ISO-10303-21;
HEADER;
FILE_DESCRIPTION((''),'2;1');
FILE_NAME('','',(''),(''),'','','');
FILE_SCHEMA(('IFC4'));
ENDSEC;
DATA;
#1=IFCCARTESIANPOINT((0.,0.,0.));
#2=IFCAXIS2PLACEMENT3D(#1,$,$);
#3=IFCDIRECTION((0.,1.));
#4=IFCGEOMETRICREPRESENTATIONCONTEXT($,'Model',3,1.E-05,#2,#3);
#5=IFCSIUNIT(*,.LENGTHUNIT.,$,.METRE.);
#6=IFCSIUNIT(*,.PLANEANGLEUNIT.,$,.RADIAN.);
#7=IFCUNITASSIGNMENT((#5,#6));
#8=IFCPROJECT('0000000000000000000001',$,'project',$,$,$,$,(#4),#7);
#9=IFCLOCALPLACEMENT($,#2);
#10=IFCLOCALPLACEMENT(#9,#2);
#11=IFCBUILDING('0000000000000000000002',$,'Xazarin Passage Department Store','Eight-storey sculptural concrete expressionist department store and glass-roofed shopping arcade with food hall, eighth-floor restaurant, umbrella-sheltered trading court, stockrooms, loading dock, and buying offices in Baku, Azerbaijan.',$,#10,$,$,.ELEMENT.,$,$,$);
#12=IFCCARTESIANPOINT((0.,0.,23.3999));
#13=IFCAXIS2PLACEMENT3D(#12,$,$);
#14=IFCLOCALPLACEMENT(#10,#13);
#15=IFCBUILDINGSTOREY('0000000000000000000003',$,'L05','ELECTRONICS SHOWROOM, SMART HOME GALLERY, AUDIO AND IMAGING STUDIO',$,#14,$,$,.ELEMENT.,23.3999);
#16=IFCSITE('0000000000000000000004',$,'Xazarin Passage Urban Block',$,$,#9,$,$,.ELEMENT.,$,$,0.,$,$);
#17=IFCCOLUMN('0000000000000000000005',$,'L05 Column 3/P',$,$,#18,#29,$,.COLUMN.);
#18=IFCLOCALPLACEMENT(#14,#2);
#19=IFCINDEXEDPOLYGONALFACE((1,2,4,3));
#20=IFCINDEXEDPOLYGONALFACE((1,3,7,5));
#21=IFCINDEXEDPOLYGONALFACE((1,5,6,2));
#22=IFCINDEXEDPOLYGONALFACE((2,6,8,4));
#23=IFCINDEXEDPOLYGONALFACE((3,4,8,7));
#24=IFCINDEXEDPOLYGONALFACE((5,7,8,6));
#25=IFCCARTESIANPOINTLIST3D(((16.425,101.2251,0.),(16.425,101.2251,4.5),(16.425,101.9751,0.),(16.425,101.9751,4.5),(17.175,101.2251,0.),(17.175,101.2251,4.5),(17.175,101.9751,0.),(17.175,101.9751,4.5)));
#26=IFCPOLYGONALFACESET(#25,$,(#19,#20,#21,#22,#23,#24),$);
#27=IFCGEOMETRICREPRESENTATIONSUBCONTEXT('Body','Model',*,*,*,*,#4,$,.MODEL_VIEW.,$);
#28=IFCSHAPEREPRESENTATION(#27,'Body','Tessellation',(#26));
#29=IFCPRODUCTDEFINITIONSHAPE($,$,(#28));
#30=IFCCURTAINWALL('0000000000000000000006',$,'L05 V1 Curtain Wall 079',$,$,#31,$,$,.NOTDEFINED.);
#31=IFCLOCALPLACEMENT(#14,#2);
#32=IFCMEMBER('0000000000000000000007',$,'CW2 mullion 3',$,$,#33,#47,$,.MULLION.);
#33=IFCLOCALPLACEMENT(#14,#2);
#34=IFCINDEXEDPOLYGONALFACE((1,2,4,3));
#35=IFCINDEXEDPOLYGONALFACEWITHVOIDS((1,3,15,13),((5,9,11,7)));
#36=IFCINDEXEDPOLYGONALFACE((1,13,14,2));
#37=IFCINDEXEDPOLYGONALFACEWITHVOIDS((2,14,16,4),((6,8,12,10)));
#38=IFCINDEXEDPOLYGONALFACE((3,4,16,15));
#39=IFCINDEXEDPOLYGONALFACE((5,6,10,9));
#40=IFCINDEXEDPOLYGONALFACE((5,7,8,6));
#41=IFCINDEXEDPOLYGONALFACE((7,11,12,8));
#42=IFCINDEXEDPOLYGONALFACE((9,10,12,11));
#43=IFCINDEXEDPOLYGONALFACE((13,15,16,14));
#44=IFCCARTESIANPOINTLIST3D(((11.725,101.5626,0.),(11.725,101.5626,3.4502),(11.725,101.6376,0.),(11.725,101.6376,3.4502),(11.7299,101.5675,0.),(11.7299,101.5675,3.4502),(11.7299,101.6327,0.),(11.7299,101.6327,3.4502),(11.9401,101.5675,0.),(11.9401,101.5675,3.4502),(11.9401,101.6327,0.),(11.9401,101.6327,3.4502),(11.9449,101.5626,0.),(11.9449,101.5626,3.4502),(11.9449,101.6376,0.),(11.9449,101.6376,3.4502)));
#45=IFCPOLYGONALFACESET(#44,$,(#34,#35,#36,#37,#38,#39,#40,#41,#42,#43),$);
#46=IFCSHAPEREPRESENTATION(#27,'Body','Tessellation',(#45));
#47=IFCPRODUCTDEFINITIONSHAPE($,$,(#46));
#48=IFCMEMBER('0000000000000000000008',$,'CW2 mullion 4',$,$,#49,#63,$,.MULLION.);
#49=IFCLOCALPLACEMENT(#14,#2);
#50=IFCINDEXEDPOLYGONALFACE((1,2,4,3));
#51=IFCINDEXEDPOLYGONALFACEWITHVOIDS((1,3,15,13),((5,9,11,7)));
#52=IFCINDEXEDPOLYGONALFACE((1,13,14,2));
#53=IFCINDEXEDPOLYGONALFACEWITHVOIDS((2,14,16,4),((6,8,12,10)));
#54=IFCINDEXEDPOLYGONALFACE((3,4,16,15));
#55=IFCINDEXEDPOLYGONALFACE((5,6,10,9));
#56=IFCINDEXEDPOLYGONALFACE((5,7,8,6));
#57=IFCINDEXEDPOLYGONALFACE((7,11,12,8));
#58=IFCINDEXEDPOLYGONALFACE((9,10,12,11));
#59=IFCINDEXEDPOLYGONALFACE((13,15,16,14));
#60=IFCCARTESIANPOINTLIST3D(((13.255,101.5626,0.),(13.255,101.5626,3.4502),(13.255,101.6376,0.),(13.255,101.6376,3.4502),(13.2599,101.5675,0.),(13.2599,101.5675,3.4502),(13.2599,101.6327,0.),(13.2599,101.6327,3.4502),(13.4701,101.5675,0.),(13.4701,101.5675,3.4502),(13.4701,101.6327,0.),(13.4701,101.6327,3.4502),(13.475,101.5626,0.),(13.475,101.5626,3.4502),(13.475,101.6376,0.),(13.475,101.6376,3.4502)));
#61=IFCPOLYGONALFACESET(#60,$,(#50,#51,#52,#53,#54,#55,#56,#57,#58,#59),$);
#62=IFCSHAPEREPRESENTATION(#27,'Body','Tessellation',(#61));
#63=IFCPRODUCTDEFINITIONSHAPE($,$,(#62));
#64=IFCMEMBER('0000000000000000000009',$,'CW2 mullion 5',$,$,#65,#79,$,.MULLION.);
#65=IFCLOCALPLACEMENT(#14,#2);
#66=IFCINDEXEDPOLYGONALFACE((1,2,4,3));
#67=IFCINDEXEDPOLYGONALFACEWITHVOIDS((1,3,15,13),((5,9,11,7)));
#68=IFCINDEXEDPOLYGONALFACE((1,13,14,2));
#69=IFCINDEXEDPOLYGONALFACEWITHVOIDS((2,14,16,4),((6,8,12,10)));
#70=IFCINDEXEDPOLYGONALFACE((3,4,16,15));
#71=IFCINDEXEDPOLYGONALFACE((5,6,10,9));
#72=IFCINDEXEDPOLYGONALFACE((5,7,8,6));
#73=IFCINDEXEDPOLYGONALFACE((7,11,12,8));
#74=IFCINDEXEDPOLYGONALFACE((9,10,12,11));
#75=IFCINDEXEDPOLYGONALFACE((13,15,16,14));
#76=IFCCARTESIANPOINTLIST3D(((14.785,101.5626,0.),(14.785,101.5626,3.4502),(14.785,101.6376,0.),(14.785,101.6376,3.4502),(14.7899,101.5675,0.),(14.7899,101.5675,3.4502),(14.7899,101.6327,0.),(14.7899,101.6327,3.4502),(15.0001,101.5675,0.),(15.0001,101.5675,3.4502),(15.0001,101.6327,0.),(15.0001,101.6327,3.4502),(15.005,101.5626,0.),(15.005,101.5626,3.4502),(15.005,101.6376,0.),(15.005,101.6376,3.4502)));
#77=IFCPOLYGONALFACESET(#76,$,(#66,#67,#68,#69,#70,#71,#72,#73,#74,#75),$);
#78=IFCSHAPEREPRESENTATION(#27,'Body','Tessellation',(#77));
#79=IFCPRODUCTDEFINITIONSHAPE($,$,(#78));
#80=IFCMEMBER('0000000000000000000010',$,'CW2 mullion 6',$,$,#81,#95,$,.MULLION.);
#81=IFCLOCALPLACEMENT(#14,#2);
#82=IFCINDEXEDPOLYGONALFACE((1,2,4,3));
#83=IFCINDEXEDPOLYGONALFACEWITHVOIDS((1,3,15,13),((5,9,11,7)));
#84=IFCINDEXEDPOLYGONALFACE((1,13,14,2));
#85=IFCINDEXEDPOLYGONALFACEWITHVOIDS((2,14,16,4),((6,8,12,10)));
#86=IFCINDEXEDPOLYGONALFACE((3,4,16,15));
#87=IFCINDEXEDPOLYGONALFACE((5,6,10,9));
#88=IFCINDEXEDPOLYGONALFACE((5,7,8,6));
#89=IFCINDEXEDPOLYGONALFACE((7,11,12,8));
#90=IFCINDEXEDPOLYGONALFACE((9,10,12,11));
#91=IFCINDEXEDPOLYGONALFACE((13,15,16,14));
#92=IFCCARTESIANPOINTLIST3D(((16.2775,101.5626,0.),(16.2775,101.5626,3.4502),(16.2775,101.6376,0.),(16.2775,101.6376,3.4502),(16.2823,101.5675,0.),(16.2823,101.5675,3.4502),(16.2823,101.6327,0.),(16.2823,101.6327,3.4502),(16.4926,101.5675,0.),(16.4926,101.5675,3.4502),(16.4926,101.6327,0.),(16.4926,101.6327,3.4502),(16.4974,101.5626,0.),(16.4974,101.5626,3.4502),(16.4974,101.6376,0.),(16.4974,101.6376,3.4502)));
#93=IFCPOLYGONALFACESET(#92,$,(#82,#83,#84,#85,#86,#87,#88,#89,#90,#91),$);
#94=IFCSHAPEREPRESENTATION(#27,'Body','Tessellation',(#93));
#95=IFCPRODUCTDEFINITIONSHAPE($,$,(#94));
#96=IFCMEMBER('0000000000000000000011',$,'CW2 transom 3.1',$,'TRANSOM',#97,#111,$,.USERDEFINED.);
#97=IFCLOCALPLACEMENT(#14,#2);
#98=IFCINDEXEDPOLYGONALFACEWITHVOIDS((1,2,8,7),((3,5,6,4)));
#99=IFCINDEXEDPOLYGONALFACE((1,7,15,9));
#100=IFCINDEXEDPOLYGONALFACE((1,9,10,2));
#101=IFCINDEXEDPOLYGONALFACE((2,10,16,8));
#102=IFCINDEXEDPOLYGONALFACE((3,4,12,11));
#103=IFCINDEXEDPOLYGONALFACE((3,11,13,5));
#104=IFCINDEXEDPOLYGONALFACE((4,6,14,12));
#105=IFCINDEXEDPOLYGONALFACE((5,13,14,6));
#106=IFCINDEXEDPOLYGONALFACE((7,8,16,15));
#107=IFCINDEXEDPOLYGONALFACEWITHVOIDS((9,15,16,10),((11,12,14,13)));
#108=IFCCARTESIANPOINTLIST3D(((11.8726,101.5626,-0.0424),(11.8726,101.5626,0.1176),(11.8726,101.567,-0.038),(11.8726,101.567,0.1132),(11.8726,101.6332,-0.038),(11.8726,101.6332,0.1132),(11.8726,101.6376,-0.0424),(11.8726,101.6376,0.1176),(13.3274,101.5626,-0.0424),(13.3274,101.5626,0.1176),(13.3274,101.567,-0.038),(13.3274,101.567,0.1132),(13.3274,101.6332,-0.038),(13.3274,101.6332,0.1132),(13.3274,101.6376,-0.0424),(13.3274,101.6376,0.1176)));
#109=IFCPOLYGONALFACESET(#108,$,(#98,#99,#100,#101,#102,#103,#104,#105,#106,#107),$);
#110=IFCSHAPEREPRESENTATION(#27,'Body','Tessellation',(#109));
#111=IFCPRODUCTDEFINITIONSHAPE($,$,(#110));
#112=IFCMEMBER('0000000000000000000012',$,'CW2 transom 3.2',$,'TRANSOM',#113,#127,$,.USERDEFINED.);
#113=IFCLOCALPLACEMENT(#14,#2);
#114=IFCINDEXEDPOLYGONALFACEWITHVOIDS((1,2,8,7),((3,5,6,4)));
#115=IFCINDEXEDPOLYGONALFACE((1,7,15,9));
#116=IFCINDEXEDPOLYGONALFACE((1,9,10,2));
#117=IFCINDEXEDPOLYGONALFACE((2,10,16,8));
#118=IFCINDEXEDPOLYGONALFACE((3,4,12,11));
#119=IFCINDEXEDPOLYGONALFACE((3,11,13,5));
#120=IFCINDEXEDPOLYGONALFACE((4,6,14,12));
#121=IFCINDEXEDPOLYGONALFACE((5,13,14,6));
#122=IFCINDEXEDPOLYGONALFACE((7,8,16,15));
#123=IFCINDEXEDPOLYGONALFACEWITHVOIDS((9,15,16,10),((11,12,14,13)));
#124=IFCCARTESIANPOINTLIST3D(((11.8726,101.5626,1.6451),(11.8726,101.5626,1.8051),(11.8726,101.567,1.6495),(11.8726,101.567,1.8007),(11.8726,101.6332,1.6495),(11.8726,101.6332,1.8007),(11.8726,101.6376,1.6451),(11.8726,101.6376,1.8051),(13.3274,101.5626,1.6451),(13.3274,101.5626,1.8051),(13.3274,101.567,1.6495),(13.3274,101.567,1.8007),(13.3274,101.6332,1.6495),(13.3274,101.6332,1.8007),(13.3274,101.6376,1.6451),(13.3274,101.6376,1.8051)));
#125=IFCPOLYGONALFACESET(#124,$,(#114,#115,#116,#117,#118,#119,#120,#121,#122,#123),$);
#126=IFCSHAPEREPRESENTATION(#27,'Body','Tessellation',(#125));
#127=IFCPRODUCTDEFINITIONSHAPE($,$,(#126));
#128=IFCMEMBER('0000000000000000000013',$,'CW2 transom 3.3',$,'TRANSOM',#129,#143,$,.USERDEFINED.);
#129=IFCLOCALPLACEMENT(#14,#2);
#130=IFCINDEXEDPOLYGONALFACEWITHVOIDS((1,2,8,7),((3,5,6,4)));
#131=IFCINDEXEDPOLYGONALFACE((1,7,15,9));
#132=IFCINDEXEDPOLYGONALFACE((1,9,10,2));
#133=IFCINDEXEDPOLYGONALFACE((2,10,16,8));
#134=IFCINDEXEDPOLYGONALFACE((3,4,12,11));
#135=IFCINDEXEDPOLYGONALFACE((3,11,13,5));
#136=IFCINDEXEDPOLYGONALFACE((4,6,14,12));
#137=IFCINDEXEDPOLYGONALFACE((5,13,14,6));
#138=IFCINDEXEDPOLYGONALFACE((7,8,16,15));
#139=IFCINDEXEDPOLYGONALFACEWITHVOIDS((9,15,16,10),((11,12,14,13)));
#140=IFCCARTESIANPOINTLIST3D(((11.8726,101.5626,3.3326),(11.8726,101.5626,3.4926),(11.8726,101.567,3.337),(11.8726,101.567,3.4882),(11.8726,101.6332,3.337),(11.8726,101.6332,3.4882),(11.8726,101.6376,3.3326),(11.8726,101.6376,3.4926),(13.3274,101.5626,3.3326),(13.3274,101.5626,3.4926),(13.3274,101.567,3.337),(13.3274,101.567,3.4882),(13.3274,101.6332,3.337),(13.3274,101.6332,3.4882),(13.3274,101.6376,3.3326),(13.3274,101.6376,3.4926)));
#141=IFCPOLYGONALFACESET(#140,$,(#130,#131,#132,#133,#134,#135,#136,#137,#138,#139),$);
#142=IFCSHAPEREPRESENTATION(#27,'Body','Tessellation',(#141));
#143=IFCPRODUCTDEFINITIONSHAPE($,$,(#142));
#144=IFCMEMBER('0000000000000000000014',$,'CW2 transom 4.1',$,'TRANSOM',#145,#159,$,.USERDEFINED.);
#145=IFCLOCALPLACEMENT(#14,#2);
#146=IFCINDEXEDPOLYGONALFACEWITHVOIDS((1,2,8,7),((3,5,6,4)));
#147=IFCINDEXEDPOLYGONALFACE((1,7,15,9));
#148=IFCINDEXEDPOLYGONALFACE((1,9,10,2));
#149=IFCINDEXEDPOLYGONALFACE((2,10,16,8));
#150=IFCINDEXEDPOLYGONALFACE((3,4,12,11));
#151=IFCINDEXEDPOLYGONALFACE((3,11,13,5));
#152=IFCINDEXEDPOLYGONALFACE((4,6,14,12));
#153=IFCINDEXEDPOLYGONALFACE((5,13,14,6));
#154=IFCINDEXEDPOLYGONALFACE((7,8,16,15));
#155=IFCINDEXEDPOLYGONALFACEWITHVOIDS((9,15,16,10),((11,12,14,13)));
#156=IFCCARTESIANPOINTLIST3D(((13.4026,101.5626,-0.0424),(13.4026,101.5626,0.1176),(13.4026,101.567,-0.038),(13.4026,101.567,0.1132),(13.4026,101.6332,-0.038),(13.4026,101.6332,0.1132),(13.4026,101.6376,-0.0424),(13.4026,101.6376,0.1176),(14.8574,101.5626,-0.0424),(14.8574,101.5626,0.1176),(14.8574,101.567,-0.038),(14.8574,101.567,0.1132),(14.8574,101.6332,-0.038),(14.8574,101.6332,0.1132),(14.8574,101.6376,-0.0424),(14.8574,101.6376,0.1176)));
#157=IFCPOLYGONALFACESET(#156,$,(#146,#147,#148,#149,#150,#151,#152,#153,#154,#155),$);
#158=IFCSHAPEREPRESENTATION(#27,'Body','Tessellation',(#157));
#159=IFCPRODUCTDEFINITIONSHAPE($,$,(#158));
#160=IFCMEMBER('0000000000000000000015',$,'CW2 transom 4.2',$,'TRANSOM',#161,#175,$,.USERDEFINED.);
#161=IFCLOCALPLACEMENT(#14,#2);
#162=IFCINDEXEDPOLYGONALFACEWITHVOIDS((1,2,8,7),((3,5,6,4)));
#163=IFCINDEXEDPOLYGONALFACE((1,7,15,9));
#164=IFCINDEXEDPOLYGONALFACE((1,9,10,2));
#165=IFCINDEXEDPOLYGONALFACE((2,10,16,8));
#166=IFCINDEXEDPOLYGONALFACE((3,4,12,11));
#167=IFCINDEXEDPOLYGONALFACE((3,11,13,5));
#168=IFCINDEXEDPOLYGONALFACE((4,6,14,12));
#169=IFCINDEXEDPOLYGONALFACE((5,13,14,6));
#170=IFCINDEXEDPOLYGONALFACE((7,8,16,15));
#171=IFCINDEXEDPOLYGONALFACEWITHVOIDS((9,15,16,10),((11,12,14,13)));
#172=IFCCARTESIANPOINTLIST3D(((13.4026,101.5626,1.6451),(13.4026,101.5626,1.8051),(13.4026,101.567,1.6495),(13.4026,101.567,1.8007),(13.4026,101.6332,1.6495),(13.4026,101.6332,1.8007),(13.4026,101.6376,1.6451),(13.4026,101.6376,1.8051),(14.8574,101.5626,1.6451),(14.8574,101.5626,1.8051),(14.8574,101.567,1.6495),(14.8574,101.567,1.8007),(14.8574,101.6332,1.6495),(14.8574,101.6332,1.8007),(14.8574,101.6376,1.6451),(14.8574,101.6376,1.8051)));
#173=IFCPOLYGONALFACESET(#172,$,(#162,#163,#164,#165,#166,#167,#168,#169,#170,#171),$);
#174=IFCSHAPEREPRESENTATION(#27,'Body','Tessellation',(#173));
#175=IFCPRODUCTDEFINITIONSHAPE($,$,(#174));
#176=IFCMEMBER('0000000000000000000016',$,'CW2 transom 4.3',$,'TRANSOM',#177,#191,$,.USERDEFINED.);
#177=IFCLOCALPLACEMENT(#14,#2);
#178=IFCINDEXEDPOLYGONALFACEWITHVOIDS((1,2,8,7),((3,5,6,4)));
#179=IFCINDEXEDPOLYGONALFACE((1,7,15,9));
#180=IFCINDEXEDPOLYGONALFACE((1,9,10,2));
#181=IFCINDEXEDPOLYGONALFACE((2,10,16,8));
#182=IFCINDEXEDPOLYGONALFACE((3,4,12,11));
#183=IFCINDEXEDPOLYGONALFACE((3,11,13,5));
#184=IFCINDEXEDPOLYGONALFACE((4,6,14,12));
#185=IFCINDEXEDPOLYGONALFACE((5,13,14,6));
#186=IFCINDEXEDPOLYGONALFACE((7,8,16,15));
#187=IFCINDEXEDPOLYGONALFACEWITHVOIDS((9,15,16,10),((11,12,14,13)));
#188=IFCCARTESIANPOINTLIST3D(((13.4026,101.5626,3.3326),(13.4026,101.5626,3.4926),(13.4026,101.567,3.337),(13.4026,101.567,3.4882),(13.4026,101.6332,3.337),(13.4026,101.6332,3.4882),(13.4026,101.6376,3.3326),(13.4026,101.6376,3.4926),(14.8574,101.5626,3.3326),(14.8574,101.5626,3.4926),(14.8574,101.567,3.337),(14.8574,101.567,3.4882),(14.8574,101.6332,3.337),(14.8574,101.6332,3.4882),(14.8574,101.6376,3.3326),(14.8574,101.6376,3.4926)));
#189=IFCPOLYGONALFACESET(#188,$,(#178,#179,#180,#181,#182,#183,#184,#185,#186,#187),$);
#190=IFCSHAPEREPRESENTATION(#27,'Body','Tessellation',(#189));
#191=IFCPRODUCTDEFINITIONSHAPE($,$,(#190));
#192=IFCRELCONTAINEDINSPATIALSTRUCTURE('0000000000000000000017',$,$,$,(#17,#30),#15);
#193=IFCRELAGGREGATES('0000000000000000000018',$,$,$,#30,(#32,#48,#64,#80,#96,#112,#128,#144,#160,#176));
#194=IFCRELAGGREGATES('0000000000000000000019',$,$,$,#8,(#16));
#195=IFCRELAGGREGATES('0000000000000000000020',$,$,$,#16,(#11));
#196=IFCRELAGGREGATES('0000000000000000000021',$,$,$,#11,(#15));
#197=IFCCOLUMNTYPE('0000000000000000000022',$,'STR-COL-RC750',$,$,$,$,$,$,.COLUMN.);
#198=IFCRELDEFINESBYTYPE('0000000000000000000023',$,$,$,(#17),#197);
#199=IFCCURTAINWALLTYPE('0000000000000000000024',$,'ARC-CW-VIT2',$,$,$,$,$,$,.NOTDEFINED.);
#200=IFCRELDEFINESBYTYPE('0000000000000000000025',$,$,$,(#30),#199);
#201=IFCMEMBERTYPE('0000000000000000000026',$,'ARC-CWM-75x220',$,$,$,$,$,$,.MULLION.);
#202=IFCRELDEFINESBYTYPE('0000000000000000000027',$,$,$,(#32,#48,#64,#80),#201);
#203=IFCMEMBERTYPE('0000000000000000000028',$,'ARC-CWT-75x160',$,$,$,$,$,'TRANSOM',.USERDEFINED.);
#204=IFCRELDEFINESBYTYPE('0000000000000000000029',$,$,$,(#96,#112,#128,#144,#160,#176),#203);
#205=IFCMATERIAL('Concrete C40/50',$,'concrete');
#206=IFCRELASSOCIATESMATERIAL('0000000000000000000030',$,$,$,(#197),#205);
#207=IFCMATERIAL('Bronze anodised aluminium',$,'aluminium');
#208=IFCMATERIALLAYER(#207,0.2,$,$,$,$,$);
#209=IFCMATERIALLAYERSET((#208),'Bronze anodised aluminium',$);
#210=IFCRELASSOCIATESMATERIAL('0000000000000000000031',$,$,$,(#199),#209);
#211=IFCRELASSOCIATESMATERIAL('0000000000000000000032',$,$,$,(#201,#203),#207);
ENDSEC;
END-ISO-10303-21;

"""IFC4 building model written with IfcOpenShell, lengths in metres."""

from ifc_helpers import new_model, si_unit, direction, frame, origin, origin_2d, place, context, subcontext, project, spatial, rectangle, hollow_rectangle, extrude, material, layer, layer_set, material_profile, profile_set, type_object, element, aggregate, save


model = new_model("IFC4")

# Units and contexts
model_context = context("Model", 3, precision=1e-05, world=origin(), true_north=direction((0.0, 1.0)))
body_context = subcontext(model_context, "Body", "Model", "MODEL_VIEW")
ifc_project = project(units=[si_unit("LENGTHUNIT", "METRE"), si_unit("PLANEANGLEUNIT", "RADIAN")], contexts=[model_context])

# Site, building, storey
site_placement = place(None, origin())
site = spatial("IfcSite", under=ifc_project, at=site_placement, Name="Xazarin Passage Urban Block", CompositionType="ELEMENT", RefElevation=0.0)
building_placement = place(site_placement, origin())
building = spatial("IfcBuilding", under=site, at=building_placement, Name="Xazarin Passage Department Store", Description="Eight-storey sculptural concrete expressionist department store and glass-roofed shopping arcade with food hall, eighth-floor restaurant, umbrella-sheltered trading court, stockrooms, loading dock, and buying offices in Baku, Azerbaijan.", CompositionType="ELEMENT")
storey_placement = place(building_placement, frame((0.0, 0.0, 23.3999)))
storey = spatial("IfcBuildingStorey", under=building, at=storey_placement, Name="L05", Description="ELECTRONICS SHOWROOM, SMART HOME GALLERY, AUDIO AND IMAGING STUDIO", CompositionType="ELEMENT", Elevation=23.3999)

# Column
ifc_material_1 = material(Name="Concrete C40/50", Category="concrete")
ifc_material_profile_1 = material_profile(ifc_material_1, rectangle(XDim=0.75, YDim=0.75, at=origin_2d()), Name="RC 750x750")
ifc_profile_set_1 = profile_set([ifc_material_profile_1], Name="Concrete C40/50")
column_type = type_object("IfcColumnType", Name="STR-COL-RC750", PredefinedType="COLUMN", material=ifc_profile_set_1)
column_placement = place(storey_placement, frame((16.8, 101.6001, 0.0), z_axis=(0.0, 0.0, 1.0), x_axis=(1.0, 0.0, 0.0)))
element("IfcColumn", 1, at=column_placement, inside=storey, type_object=column_type, Name="L05 Column 3/P", PredefinedType="COLUMN", context=body_context, shape_type="SweptSolid", body=[
    extrude(rectangle(XDim=0.75, YDim=0.75, at=origin_2d()), origin(), (0.0, 0.0, 1.0), 4.5),
])

# Curtain wall, members
ifc_material_2 = material(Name="Bronze anodised aluminium", Category="aluminium")
ifc_layer_1 = layer(ifc_material_2, 0.2)
ifc_layer_set_1 = layer_set([ifc_layer_1], Name="Bronze anodised aluminium")
curtain_wall_type = type_object("IfcCurtainWallType", Name="ARC-CW-VIT2", PredefinedType="NOTDEFINED", material=ifc_layer_set_1)
curtain_wall_placement = place(storey_placement, origin())
curtain_wall = element("IfcCurtainWall", 2, at=curtain_wall_placement, inside=storey, type_object=curtain_wall_type, Name="L05 V1 Curtain Wall 079", PredefinedType="NOTDEFINED")
ifc_material_profile_2 = material_profile(ifc_material_2, hollow_rectangle(XDim=0.075, YDim=0.22, WallThickness=0.0049, at=origin_2d()), Name="ALU 75x220")
ifc_profile_set_2 = profile_set([ifc_material_profile_2], Name="Bronze anodised aluminium")
member_type_1 = type_object("IfcMemberType", Name="ARC-CWM-75x220", PredefinedType="MULLION", material=ifc_profile_set_2)
member_1_placement = place(storey_placement, frame((11.835, 101.6001, 0.0), z_axis=(0.0, 0.0, 1.0), x_axis=(0.0, 1.0, 0.0)))
member_1 = element("IfcMember", 3, at=member_1_placement, type_object=member_type_1, Name="CW2 mullion 3", PredefinedType="MULLION", context=body_context, shape_type="SweptSolid", body=[
    extrude(hollow_rectangle(XDim=0.075, YDim=0.22, WallThickness=0.0049, at=origin_2d()), origin(), (0.0, 0.0, 1.0), 3.4502),
])
member_2_placement = place(storey_placement, frame((13.365, 101.6001, 0.0), z_axis=(0.0, 0.0, 1.0), x_axis=(0.0, 1.0, 0.0)))
member_2 = element("IfcMember", 4, at=member_2_placement, type_object=member_type_1, Name="CW2 mullion 4", PredefinedType="MULLION", context=body_context, shape_type="SweptSolid", body=[
    extrude(hollow_rectangle(XDim=0.075, YDim=0.22, WallThickness=0.0049, at=origin_2d()), origin(), (0.0, 0.0, 1.0), 3.4502),
])
member_3_placement = place(storey_placement, frame((14.895, 101.6001, 0.0), z_axis=(0.0, 0.0, 1.0), x_axis=(0.0, 1.0, 0.0)))
member_3 = element("IfcMember", 5, at=member_3_placement, type_object=member_type_1, Name="CW2 mullion 5", PredefinedType="MULLION", context=body_context, shape_type="SweptSolid", body=[
    extrude(hollow_rectangle(XDim=0.075, YDim=0.22, WallThickness=0.0049, at=origin_2d()), origin(), (0.0, 0.0, 1.0), 3.4502),
])
member_4_placement = place(storey_placement, frame((16.3875, 101.6001, 0.0), z_axis=(0.0, 0.0, 1.0), x_axis=(0.0, 1.0, 0.0)))
member_4 = element("IfcMember", 6, at=member_4_placement, type_object=member_type_1, Name="CW2 mullion 6", PredefinedType="MULLION", context=body_context, shape_type="SweptSolid", body=[
    extrude(hollow_rectangle(XDim=0.075, YDim=0.22, WallThickness=0.0049, at=origin_2d()), origin(), (0.0, 0.0, 1.0), 3.4502),
])
ifc_material_profile_3 = material_profile(ifc_material_2, hollow_rectangle(XDim=0.075, YDim=0.1599, WallThickness=0.0044, at=origin_2d()), Name="ALU 75x160")
ifc_profile_set_3 = profile_set([ifc_material_profile_3], Name="Bronze anodised aluminium")
member_type_2 = type_object("IfcMemberType", Name="ARC-CWT-75x160", ElementType="TRANSOM", PredefinedType="USERDEFINED", material=ifc_profile_set_3)
member_5_placement = place(storey_placement, frame((11.8726, 101.6001, 0.0376), z_axis=(1.0, 0.0, 0.0), x_axis=(0.0, 1.0, 0.0)))
member_5 = element("IfcMember", 7, at=member_5_placement, type_object=member_type_2, Name="CW2 transom 3.1", ObjectType="TRANSOM", PredefinedType="USERDEFINED", context=body_context, shape_type="SweptSolid", body=[
    extrude(hollow_rectangle(XDim=0.075, YDim=0.1599, WallThickness=0.0044, at=origin_2d()), origin(), (0.0, 0.0, 1.0), 1.4548),
])
member_6_placement = place(storey_placement, frame((11.8726, 101.6001, 1.7251), z_axis=(1.0, 0.0, 0.0), x_axis=(0.0, 1.0, 0.0)))
member_6 = element("IfcMember", 8, at=member_6_placement, type_object=member_type_2, Name="CW2 transom 3.2", ObjectType="TRANSOM", PredefinedType="USERDEFINED", context=body_context, shape_type="SweptSolid", body=[
    extrude(hollow_rectangle(XDim=0.075, YDim=0.1599, WallThickness=0.0044, at=origin_2d()), origin(), (0.0, 0.0, 1.0), 1.4548),
])
member_7_placement = place(storey_placement, frame((11.8726, 101.6001, 3.4126), z_axis=(1.0, 0.0, 0.0), x_axis=(0.0, 1.0, 0.0)))
member_7 = element("IfcMember", 9, at=member_7_placement, type_object=member_type_2, Name="CW2 transom 3.3", ObjectType="TRANSOM", PredefinedType="USERDEFINED", context=body_context, shape_type="SweptSolid", body=[
    extrude(hollow_rectangle(XDim=0.075, YDim=0.1599, WallThickness=0.0044, at=origin_2d()), origin(), (0.0, 0.0, 1.0), 1.4548),
])
member_8_placement = place(storey_placement, frame((13.4026, 101.6001, 0.0376), z_axis=(1.0, 0.0, 0.0), x_axis=(0.0, 1.0, 0.0)))
member_8 = element("IfcMember", 10, at=member_8_placement, type_object=member_type_2, Name="CW2 transom 4.1", ObjectType="TRANSOM", PredefinedType="USERDEFINED", context=body_context, shape_type="SweptSolid", body=[
    extrude(hollow_rectangle(XDim=0.075, YDim=0.1599, WallThickness=0.0044, at=origin_2d()), origin(), (0.0, 0.0, 1.0), 1.4548),
])
member_9_placement = place(storey_placement, frame((13.4026, 101.6001, 1.7251), z_axis=(1.0, 0.0, 0.0), x_axis=(0.0, 1.0, 0.0)))
member_9 = element("IfcMember", 11, at=member_9_placement, type_object=member_type_2, Name="CW2 transom 4.2", ObjectType="TRANSOM", PredefinedType="USERDEFINED", context=body_context, shape_type="SweptSolid", body=[
    extrude(hollow_rectangle(XDim=0.075, YDim=0.1599, WallThickness=0.0044, at=origin_2d()), origin(), (0.0, 0.0, 1.0), 1.4548),
])
member_10_placement = place(storey_placement, frame((13.4026, 101.6001, 3.4126), z_axis=(1.0, 0.0, 0.0), x_axis=(0.0, 1.0, 0.0)))
member_10 = element("IfcMember", 12, at=member_10_placement, type_object=member_type_2, Name="CW2 transom 4.3", ObjectType="TRANSOM", PredefinedType="USERDEFINED", context=body_context, shape_type="SweptSolid", body=[
    extrude(hollow_rectangle(XDim=0.075, YDim=0.1599, WallThickness=0.0044, at=origin_2d()), origin(), (0.0, 0.0, 1.0), 1.4548),
])

aggregate(curtain_wall, [member_1, member_2, member_3, member_4, member_5, member_6, member_7, member_8, member_9, member_10])

save(model, "model.ifc")
